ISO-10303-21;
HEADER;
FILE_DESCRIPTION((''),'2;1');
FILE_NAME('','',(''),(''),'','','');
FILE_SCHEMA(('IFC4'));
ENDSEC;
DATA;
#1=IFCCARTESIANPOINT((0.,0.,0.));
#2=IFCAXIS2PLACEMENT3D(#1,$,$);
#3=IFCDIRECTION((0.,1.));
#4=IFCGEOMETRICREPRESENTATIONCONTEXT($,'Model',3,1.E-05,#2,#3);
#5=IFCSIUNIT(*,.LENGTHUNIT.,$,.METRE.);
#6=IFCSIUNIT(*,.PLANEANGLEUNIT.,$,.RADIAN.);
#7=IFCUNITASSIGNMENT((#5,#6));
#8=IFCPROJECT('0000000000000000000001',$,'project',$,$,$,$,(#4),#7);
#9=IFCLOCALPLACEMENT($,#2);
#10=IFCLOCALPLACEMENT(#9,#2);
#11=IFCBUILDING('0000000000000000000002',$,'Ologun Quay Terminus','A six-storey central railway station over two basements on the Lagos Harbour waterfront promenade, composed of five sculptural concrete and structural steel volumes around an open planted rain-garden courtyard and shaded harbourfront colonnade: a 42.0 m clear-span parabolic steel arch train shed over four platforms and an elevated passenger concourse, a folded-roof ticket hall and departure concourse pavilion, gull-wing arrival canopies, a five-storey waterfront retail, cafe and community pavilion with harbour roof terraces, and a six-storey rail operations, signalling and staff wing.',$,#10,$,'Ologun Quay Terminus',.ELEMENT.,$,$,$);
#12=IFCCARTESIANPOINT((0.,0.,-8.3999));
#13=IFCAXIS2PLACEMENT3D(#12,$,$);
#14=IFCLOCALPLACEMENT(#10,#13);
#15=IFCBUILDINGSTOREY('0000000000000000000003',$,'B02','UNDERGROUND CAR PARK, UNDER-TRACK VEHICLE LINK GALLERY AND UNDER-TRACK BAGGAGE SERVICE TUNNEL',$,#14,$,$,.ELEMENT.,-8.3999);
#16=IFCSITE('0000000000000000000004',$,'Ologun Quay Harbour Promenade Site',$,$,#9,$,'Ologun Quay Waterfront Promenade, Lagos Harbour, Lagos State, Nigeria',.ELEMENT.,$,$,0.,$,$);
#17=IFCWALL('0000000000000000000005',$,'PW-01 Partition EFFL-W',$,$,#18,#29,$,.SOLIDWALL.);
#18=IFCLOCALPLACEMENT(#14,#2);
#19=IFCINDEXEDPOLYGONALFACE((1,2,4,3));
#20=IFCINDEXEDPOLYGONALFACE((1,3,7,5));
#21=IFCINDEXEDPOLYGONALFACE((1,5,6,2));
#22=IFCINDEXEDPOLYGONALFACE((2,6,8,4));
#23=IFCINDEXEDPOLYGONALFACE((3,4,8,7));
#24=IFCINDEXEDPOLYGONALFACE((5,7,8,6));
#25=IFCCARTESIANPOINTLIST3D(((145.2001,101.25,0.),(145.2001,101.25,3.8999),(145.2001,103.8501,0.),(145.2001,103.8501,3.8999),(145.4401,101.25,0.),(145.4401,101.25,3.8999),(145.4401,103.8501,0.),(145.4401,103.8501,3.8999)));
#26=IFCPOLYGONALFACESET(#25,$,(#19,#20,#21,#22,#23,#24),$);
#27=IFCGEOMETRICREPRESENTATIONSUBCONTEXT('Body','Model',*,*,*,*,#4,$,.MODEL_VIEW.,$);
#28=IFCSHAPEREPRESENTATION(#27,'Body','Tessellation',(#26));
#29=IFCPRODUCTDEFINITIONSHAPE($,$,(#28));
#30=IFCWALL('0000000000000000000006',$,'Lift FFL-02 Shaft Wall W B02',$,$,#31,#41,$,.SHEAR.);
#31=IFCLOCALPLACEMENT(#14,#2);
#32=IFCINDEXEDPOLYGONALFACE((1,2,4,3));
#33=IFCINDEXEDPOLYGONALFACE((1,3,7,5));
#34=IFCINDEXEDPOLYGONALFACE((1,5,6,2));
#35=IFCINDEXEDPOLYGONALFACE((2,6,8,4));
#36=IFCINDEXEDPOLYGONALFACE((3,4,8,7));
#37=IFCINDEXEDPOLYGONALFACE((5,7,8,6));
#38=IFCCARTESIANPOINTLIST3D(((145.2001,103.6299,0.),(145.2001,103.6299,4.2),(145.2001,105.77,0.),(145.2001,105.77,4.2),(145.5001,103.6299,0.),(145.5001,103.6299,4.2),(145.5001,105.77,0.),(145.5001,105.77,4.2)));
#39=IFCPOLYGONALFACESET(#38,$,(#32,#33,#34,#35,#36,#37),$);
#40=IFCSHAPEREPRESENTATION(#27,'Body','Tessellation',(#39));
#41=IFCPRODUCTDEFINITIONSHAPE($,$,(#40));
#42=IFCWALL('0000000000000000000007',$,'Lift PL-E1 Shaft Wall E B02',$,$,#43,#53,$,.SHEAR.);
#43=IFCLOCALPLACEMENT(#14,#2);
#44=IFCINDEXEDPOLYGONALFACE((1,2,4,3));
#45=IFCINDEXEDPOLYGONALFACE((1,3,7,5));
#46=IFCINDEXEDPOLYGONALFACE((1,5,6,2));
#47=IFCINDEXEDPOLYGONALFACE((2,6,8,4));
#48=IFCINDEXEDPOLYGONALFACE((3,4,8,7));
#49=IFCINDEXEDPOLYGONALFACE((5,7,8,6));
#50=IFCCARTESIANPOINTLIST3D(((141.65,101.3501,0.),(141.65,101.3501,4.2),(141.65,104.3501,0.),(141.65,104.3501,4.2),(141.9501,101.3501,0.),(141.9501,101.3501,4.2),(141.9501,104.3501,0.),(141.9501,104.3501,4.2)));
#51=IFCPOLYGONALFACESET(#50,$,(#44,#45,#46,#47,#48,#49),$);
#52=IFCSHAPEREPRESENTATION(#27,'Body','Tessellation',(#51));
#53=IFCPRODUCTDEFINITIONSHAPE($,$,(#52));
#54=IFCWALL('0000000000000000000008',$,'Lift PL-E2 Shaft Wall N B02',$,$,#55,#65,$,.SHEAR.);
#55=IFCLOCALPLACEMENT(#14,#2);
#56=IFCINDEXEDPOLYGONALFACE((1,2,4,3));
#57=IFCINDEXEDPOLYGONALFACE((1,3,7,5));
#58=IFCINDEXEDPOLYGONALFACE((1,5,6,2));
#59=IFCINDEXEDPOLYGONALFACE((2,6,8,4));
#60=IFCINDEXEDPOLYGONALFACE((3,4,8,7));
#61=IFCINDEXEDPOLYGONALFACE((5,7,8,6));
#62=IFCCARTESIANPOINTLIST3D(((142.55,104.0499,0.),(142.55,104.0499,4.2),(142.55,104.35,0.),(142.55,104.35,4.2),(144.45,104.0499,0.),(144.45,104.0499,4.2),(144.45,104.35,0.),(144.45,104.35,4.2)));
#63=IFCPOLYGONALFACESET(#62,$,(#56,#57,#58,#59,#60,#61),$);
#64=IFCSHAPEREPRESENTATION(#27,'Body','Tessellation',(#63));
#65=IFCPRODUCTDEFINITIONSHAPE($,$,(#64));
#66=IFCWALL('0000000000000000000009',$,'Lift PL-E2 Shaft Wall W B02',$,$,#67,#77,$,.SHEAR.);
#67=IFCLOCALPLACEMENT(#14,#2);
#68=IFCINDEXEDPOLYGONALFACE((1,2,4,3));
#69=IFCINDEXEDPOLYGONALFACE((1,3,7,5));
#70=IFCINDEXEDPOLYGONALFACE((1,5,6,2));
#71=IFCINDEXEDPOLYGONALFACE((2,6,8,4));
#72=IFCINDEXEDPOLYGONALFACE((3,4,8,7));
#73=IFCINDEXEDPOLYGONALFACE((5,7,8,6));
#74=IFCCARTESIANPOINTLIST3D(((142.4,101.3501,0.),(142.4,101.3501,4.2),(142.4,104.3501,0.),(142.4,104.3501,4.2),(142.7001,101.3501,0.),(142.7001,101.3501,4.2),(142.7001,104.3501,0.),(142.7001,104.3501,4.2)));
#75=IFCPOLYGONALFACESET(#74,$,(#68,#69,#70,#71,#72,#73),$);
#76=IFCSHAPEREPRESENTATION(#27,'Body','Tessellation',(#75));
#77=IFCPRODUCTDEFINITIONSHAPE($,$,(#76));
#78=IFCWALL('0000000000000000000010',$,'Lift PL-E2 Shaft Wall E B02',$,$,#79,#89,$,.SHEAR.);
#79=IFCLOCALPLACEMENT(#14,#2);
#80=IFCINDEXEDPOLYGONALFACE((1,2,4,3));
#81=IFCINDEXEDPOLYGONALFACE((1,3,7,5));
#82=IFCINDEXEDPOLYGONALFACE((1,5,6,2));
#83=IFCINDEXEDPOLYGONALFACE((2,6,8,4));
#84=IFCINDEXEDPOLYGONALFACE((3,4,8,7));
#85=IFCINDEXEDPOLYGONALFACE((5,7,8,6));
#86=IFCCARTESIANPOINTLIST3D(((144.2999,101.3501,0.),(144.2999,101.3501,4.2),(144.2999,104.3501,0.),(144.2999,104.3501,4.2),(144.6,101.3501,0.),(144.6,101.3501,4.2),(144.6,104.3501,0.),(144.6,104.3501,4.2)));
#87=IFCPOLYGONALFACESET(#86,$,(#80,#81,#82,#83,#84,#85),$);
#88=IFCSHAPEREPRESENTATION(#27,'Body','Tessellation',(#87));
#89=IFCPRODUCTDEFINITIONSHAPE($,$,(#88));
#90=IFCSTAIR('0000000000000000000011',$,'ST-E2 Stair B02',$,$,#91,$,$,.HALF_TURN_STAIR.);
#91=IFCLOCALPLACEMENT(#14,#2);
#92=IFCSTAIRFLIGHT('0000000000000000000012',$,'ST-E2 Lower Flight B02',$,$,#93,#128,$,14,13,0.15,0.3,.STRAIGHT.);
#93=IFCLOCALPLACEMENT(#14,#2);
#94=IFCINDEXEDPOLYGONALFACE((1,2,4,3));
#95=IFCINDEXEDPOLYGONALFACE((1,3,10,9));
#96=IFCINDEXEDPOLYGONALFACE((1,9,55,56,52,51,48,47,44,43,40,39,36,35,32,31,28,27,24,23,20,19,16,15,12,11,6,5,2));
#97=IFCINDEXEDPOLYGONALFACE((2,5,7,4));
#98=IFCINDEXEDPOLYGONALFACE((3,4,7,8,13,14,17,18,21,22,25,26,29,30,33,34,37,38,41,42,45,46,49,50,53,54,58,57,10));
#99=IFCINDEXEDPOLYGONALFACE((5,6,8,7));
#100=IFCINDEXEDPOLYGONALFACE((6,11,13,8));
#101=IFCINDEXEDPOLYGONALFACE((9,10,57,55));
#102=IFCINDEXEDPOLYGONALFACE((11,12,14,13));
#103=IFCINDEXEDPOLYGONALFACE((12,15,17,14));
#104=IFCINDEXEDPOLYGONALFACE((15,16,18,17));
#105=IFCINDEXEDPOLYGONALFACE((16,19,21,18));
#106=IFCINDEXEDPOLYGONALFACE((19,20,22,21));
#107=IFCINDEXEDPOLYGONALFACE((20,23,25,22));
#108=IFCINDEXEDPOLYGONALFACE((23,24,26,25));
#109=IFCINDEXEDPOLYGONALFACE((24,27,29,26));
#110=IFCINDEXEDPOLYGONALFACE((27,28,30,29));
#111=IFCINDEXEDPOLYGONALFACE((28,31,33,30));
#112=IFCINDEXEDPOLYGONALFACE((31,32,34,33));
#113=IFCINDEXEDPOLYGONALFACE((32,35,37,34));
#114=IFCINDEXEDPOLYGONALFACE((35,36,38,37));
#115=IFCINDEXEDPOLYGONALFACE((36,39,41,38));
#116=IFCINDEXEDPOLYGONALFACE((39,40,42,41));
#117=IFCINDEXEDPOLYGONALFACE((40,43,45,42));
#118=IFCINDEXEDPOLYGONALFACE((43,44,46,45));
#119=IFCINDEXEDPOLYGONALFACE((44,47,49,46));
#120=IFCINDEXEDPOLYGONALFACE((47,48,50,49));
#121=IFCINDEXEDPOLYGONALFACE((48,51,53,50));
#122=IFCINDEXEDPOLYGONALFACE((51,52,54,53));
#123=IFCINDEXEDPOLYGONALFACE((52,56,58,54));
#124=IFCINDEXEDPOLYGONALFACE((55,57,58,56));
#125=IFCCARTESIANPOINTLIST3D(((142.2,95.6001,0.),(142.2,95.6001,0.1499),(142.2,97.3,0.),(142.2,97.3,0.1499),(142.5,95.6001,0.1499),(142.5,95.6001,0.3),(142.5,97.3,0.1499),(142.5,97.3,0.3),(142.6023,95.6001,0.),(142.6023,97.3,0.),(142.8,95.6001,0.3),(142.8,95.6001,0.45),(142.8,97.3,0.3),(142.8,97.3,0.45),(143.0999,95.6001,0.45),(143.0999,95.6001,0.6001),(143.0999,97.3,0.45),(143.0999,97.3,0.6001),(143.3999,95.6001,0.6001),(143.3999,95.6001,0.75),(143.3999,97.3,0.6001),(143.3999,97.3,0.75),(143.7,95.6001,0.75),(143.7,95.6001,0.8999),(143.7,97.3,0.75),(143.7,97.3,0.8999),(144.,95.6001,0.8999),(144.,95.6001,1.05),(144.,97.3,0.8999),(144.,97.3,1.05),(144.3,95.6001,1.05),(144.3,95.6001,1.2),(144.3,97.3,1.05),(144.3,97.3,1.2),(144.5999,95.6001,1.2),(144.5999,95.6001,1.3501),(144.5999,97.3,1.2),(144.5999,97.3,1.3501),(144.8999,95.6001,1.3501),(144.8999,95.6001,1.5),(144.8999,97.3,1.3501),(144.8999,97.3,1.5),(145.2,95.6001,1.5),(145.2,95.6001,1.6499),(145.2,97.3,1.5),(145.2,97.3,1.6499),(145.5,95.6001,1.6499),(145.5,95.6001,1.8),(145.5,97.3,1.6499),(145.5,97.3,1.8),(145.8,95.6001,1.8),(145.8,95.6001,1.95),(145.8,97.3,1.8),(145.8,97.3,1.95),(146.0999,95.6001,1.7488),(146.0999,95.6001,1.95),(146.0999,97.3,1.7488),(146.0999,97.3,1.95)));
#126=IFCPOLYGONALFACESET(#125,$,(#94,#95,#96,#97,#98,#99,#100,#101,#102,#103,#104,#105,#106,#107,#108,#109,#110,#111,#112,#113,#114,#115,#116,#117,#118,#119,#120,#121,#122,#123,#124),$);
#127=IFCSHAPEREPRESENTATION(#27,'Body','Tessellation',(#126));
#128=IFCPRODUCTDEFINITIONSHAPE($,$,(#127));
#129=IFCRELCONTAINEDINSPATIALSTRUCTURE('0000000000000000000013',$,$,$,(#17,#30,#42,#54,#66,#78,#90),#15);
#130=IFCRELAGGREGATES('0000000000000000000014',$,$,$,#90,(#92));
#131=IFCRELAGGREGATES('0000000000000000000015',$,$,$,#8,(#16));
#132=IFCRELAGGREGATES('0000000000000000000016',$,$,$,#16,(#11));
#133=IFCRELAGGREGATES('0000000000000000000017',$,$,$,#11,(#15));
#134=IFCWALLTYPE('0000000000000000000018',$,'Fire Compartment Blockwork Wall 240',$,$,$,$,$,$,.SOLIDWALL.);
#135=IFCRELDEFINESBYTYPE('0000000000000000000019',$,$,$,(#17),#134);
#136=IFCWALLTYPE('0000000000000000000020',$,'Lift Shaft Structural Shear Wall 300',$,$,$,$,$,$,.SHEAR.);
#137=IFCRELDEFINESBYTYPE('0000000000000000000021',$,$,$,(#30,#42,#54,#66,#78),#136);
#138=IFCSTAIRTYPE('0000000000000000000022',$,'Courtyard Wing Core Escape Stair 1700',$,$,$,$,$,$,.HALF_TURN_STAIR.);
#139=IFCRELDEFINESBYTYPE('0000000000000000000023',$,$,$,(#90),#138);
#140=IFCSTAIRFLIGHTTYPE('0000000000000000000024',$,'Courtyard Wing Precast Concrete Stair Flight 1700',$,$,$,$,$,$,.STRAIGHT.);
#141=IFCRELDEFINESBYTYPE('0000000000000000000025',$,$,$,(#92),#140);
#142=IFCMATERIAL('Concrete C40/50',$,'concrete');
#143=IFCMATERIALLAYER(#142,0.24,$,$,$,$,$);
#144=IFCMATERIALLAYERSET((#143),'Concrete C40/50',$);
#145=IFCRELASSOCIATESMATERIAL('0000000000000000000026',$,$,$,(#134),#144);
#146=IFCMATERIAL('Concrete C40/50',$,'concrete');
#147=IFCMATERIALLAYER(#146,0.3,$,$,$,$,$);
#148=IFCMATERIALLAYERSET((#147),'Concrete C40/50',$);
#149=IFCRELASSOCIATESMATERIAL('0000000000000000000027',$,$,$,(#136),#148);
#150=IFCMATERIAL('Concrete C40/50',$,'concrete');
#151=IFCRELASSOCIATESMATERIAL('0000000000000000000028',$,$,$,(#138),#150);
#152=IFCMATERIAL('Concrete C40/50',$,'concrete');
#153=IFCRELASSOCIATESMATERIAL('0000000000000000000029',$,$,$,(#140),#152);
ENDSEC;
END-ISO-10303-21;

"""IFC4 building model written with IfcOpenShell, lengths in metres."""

from ifc_helpers import new_model, si_unit, direction, frame, frame_2d, origin, place, context, subcontext, project, spatial, polyline, rectangle, outline, extrude, material, layer, layer_set, type_object, element, aggregate, save


model = new_model("IFC4")

# Units and contexts
model_context = context("Model", 3, precision=1e-05, world=origin(), true_north=direction((0.0, 1.0)))
body_context = subcontext(model_context, "Body", "Model", "MODEL_VIEW")
ifc_project = project(units=[si_unit("LENGTHUNIT", "METRE"), si_unit("PLANEANGLEUNIT", "RADIAN")], contexts=[model_context])

# Site, building, storey
site_placement = place(None, origin())
site = spatial("IfcSite", under=ifc_project, at=site_placement, Name="Ologun Quay Harbour Promenade Site", LongName="Ologun Quay Waterfront Promenade, Lagos Harbour, Lagos State, Nigeria", CompositionType="ELEMENT", RefElevation=0.0)
building_placement = place(site_placement, origin())
building = spatial("IfcBuilding", under=site, at=building_placement, Name="Ologun Quay Terminus", Description="A six-storey central railway station over two basements on the Lagos Harbour waterfront promenade, composed of five sculptural concrete and structural steel volumes around an open planted rain-garden courtyard and shaded harbourfront colonnade: a 42.0 m clear-span parabolic steel arch train shed over four platforms and an elevated passenger concourse, a folded-roof ticket hall and departure concourse pavilion, gull-wing arrival canopies, a five-storey waterfront retail, cafe and community pavilion with harbour roof terraces, and a six-storey rail operations, signalling and staff wing.", LongName="Ologun Quay Terminus", CompositionType="ELEMENT")
storey_placement = place(building_placement, frame((0.0, 0.0, -8.3999)))
storey = spatial("IfcBuildingStorey", under=building, at=storey_placement, Name="B02", Description="UNDERGROUND CAR PARK, UNDER-TRACK VEHICLE LINK GALLERY AND UNDER-TRACK BAGGAGE SERVICE TUNNEL", CompositionType="ELEMENT", Elevation=-8.3999)

# Shared definitions
ifc_material_1 = material(Name="Concrete C40/50", Category="concrete")
ifc_layer_1 = layer(ifc_material_1, 0.24)
ifc_layer_set_1 = layer_set([ifc_layer_1], Name="Concrete C40/50")
wall_type_1 = type_object("IfcWallType", Name="Fire Compartment Blockwork Wall 240", PredefinedType="SOLIDWALL", material=ifc_layer_set_1)

# Wall
wall_1_placement = place(storey_placement, frame((145.3201, 101.25, 0.0), z_axis=(0.0, 0.0, 1.0), x_axis=(0.0, 1.0, 0.0)))
element("IfcWall", 1, at=wall_1_placement, inside=storey, type_object=wall_type_1, Name="PW-01 Partition EFFL-W", PredefinedType="SOLIDWALL", context=body_context, shape_type="SweptSolid", body=[
    extrude(rectangle(XDim=2.6001, YDim=0.24, at=frame_2d((1.3, 0.0))), origin(), (0.0, 0.0, 1.0), 3.8999),
])

# Shared definitions
ifc_material_2 = material(Name="Concrete C40/50", Category="concrete")
ifc_layer_2 = layer(ifc_material_2, 0.3)
ifc_layer_set_2 = layer_set([ifc_layer_2], Name="Concrete C40/50")
wall_type_2 = type_object("IfcWallType", Name="Lift Shaft Structural Shear Wall 300", PredefinedType="SHEAR", material=ifc_layer_set_2)

# Walls
wall_2_placement = place(storey_placement, frame((145.3501, 103.6299, 0.0), z_axis=(0.0, 0.0, 1.0), x_axis=(0.0, 1.0, 0.0)))
element("IfcWall", 2, at=wall_2_placement, inside=storey, type_object=wall_type_2, Name="Lift FFL-02 Shaft Wall W B02", PredefinedType="SHEAR", context=body_context, shape_type="SweptSolid", body=[
    extrude(rectangle(XDim=2.1401, YDim=0.3, at=frame_2d((1.0701, 0.0))), origin(), (0.0, 0.0, 1.0), 4.2),
])
wall_3_placement = place(storey_placement, frame((141.8, 101.3501, 0.0), z_axis=(0.0, 0.0, 1.0), x_axis=(0.0, 1.0, 0.0)))
element("IfcWall", 3, at=wall_3_placement, inside=storey, type_object=wall_type_2, Name="Lift PL-E1 Shaft Wall E B02", PredefinedType="SHEAR", context=body_context, shape_type="SweptSolid", body=[
    extrude(rectangle(XDim=3.0, YDim=0.3, at=frame_2d((1.5, 0.0))), origin(), (0.0, 0.0, 1.0), 4.2),
])

# Walls
wall_4_placement = place(storey_placement, frame((142.55, 104.2, 0.0), z_axis=(0.0, 0.0, 1.0), x_axis=(1.0, 0.0, 0.0)))
element("IfcWall", 4, at=wall_4_placement, inside=storey, type_object=wall_type_2, Name="Lift PL-E2 Shaft Wall N B02", PredefinedType="SHEAR", context=body_context, shape_type="SweptSolid", body=[
    extrude(rectangle(XDim=1.8999, YDim=0.3, at=frame_2d((0.95, 0.0))), origin(), (0.0, 0.0, 1.0), 4.2),
])
for number, where, z_axis, x_axis, name in (
    (5, (142.55, 101.3501, 0.0), (0.0, 0.0, 1.0), (0.0, 1.0, 0.0), "Lift PL-E2 Shaft Wall W B02"),
    (6, (144.45, 101.3501, 0.0), (0.0, 0.0, 1.0), (0.0, 1.0, 0.0), "Lift PL-E2 Shaft Wall E B02"),
):
    element("IfcWall", number, at=place(storey_placement, frame(where, z_axis=z_axis, x_axis=x_axis)), inside=storey, type_object=wall_type_2, Name=name, PredefinedType="SHEAR", context=body_context, shape_type="SweptSolid", body=[
        extrude(rectangle(XDim=3.0, YDim=0.3, at=frame_2d((1.5, 0.0))), origin(), (0.0, 0.0, 1.0), 4.2),
    ])

# Stair, stair flight
ifc_material_3 = material(Name="Concrete C40/50", Category="concrete")
stair_type = type_object("IfcStairType", Name="Courtyard Wing Core Escape Stair 1700", PredefinedType="HALF_TURN_STAIR", material=ifc_material_3)
stair_placement = place(storey_placement, origin())
stair = element("IfcStair", 7, at=stair_placement, inside=storey, type_object=stair_type, Name="ST-E2 Stair B02", PredefinedType="HALF_TURN_STAIR")
ifc_material_4 = material(Name="Concrete C40/50", Category="concrete")
stair_flight_type = type_object("IfcStairFlightType", Name="Courtyard Wing Precast Concrete Stair Flight 1700", PredefinedType="STRAIGHT", material=ifc_material_4)
stair_flight_placement = place(storey_placement, frame((142.2, 96.45, 0.0), z_axis=(0.0, 0.0, 1.0), x_axis=(1.0, 0.0, 0.0)))
stair_flight = element("IfcStairFlight", 8, at=stair_flight_placement, type_object=stair_flight_type, Name="ST-E2 Lower Flight B02", NumberOfRisers=14, NumberOfTreads=13, PredefinedType="STRAIGHT", RiserHeight=0.15, TreadLength=0.3, context=body_context, shape_type="SweptSolid", body=[
    extrude(outline(polyline([(0.0, 0.0), (0.0, 0.1499), (0.3, 0.1499), (0.3, 0.3), (0.6001, 0.3), (0.6001, 0.45), (0.8999, 0.45), (0.8999, 0.6001), (1.2, 0.6001), (1.2, 0.75), (1.5, 0.75), (1.5, 0.8999), (1.8, 0.8999), (1.8, 1.05), (2.1001, 1.05), (2.1001, 1.2), (2.3999, 1.2), (2.3999, 1.3501), (2.7, 1.3501), (2.7, 1.5), (3.0, 1.5), (3.0, 1.6499), (3.3, 1.6499), (3.3, 1.8), (3.6001, 1.8), (3.6001, 1.95), (3.8999, 1.95), (3.8999, 2.1001), (3.8999, 1.7488), (0.4023, 0.0), (0.0, 0.0)])), frame((0.0, 0.8501, 0.0), z_axis=(0.0, -1.0, 0.0), x_axis=(1.0, 0.0, 0.0)), (0.0, 0.0, 1.0), 1.7),
])
aggregate(stair, [stair_flight])

save(model, "model.ifc")
